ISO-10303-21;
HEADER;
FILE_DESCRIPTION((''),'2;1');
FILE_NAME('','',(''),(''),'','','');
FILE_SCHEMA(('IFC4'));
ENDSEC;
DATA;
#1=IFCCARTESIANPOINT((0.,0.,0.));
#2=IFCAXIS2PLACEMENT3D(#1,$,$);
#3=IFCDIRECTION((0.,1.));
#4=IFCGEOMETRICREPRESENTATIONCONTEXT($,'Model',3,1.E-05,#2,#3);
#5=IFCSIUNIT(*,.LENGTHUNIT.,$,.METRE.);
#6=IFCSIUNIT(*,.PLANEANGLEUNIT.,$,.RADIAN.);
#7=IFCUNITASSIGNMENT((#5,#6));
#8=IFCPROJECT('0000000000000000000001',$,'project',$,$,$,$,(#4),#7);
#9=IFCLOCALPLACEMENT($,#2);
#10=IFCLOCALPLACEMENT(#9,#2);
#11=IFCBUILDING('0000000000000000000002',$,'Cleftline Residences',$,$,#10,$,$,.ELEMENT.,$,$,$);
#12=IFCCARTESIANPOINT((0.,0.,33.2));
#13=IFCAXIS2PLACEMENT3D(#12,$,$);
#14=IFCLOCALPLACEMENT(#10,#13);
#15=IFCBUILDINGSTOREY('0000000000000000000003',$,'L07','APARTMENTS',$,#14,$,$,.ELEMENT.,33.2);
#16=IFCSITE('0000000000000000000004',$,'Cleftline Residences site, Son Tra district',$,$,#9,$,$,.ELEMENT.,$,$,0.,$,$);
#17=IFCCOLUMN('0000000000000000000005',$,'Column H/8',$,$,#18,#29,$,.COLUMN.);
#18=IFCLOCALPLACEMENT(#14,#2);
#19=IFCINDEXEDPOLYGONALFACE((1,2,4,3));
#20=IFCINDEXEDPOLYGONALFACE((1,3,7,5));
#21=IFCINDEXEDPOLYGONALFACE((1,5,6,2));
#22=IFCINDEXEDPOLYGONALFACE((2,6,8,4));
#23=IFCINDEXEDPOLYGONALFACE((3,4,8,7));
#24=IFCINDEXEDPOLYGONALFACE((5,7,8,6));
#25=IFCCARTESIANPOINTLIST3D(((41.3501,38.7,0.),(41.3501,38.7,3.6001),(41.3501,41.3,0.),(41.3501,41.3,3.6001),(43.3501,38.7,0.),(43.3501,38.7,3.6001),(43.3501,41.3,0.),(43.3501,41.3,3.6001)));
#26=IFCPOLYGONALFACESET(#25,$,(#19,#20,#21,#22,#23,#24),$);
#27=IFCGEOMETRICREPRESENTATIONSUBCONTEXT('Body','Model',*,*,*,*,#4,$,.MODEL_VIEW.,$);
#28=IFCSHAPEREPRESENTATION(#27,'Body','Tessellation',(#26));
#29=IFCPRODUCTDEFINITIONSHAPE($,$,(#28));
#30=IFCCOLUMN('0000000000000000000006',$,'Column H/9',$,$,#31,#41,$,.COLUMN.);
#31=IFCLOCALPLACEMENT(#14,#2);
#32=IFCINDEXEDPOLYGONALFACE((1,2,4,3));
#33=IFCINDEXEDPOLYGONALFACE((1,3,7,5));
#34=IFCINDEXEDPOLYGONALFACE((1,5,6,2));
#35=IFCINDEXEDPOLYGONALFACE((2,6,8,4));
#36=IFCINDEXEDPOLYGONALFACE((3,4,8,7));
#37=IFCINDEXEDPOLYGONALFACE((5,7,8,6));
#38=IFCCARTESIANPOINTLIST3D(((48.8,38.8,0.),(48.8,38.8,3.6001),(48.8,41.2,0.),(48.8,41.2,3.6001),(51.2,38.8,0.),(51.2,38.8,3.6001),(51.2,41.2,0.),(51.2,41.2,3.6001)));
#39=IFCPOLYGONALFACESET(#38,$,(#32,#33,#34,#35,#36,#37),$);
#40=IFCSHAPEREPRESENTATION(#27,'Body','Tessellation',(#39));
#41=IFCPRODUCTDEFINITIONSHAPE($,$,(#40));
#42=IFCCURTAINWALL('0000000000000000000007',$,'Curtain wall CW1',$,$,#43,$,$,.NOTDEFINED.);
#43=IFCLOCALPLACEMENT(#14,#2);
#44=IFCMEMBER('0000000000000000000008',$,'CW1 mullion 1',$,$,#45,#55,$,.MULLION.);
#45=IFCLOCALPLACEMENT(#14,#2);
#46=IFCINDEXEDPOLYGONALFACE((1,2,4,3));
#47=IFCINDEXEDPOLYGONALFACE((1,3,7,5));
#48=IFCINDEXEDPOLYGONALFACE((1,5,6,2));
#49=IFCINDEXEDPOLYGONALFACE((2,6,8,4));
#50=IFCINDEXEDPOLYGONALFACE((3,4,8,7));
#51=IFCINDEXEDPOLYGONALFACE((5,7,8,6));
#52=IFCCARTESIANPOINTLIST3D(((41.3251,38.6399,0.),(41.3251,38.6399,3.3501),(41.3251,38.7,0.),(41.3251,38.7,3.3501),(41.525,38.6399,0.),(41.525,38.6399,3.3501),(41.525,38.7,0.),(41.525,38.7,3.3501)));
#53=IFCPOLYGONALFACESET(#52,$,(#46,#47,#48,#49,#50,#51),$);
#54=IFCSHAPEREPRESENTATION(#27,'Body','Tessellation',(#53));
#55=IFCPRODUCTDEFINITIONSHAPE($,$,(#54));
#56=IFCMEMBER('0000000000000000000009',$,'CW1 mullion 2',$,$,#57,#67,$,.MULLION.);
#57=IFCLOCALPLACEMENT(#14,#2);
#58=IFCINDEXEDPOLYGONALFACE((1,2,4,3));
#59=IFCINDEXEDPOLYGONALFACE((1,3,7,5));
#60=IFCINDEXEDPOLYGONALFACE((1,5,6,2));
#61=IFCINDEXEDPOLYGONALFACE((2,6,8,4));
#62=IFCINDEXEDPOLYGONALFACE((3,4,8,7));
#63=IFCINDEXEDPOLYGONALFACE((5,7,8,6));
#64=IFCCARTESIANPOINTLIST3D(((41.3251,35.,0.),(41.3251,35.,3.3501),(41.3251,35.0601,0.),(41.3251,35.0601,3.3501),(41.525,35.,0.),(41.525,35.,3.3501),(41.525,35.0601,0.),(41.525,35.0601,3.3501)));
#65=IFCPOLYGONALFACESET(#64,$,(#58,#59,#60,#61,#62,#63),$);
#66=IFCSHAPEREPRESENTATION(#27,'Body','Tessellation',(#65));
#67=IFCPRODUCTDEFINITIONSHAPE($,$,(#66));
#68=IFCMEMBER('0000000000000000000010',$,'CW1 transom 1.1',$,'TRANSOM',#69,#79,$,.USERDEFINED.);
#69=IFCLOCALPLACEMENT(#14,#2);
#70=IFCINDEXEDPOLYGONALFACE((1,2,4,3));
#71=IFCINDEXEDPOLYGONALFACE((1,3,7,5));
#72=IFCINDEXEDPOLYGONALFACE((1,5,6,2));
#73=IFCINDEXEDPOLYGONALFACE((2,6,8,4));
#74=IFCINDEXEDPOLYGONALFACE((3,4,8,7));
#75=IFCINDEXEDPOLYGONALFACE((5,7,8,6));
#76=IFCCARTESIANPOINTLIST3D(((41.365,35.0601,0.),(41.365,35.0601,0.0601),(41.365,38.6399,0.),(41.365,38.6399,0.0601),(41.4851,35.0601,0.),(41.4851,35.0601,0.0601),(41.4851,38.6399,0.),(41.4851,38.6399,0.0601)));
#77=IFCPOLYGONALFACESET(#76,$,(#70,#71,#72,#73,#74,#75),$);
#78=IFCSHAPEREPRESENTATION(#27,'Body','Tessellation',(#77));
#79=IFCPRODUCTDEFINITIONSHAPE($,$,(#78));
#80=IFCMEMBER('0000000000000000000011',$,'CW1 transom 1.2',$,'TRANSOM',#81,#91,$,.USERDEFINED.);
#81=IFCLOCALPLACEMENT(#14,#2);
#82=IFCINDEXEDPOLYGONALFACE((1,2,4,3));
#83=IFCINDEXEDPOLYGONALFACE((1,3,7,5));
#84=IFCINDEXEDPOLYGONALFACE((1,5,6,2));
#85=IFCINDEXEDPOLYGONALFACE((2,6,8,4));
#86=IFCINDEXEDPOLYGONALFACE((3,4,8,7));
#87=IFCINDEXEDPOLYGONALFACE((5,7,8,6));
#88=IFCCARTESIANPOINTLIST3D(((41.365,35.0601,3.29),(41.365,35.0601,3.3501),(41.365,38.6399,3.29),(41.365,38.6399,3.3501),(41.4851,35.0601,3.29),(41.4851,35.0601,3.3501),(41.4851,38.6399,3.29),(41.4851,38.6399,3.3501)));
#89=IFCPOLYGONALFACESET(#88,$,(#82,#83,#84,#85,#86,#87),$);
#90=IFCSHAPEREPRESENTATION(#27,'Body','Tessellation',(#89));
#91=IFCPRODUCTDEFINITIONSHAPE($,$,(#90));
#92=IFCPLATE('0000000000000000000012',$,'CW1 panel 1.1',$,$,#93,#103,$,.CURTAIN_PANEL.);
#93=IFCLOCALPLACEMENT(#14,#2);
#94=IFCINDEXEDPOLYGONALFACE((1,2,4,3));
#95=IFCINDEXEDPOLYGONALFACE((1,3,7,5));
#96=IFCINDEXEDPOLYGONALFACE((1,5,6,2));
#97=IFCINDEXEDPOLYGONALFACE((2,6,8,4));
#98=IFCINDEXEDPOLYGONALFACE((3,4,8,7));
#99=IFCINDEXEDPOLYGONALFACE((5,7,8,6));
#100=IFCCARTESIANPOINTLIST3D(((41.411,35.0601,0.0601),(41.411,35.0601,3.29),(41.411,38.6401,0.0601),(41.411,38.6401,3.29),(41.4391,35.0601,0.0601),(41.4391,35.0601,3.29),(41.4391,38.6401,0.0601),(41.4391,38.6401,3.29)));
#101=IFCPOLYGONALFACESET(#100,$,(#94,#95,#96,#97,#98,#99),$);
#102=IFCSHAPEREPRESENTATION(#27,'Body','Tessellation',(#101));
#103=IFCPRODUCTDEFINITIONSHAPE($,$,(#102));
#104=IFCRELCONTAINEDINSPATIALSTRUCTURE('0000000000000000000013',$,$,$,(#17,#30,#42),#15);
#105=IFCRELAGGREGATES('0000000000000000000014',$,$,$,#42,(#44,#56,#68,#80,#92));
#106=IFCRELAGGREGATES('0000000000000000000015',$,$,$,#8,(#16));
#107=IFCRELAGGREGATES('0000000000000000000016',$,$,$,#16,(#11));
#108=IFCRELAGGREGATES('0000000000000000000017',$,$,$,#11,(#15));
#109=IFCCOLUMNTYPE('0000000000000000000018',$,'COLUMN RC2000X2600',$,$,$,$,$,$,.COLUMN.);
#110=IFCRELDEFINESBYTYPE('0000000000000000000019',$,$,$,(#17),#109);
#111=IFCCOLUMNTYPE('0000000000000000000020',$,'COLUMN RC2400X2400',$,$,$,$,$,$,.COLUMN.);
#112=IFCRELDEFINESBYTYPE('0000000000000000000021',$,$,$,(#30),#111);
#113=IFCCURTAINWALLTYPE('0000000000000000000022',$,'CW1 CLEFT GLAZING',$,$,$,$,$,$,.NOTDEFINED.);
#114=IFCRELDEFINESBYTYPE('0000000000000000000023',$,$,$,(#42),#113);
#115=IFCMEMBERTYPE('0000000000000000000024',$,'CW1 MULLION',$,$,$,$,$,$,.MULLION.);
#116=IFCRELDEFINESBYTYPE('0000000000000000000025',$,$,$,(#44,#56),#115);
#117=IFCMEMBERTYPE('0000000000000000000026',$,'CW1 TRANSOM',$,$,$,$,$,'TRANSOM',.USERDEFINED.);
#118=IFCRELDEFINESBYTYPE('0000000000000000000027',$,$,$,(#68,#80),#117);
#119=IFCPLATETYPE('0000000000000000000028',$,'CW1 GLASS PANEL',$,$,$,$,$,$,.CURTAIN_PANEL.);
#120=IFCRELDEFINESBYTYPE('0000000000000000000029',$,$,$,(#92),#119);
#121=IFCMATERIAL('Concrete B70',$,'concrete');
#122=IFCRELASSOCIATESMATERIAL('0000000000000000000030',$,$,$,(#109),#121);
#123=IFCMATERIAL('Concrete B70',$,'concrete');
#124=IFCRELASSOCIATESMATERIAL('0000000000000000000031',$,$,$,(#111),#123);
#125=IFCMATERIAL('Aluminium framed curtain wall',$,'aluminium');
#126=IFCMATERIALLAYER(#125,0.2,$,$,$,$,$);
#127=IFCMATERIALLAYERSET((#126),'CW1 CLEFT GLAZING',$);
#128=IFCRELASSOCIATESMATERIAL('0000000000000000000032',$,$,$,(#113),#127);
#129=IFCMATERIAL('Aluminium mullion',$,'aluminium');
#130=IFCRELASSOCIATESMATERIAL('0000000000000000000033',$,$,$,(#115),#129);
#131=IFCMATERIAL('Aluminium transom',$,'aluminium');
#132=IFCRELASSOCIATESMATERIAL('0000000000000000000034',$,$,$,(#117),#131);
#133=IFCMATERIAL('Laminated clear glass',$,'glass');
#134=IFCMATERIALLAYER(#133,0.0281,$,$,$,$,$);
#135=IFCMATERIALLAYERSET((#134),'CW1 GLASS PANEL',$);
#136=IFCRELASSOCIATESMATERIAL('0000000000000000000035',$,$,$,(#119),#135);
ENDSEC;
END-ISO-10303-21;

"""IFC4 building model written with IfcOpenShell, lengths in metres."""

from ifc_helpers import new_model, si_unit, direction, frame, origin, origin_2d, place, context, subcontext, project, spatial, rectangle, extrude, material, layer, layer_set, material_profile, profile_set, type_object, element, aggregate, save


model = new_model("IFC4")

# Units and contexts
model_context = context("Model", 3, precision=1e-05, world=origin(), true_north=direction((0.0, 1.0)))
body_context = subcontext(model_context, "Body", "Model", "MODEL_VIEW")
ifc_project = project(units=[si_unit("LENGTHUNIT", "METRE"), si_unit("PLANEANGLEUNIT", "RADIAN")], contexts=[model_context])

# Site, building, storey
site_placement = place(None, origin())
site = spatial("IfcSite", under=ifc_project, at=site_placement, Name="Cleftline Residences site, Son Tra district", CompositionType="ELEMENT", RefElevation=0.0)
building_placement = place(site_placement, origin())
building = spatial("IfcBuilding", under=site, at=building_placement, Name="Cleftline Residences", CompositionType="ELEMENT")
storey_placement = place(building_placement, frame((0.0, 0.0, 33.2)))
storey = spatial("IfcBuildingStorey", under=building, at=storey_placement, Name="L07", Description="APARTMENTS", CompositionType="ELEMENT", Elevation=33.2)

# Columns
ifc_material_1 = material(Name="Concrete B70", Category="concrete")
ifc_material_profile_1 = material_profile(ifc_material_1, rectangle(XDim=2.0, YDim=2.6001, at=origin_2d()))
ifc_profile_set_1 = profile_set([ifc_material_profile_1], Name="Concrete B70")
column_type_1 = type_object("IfcColumnType", Name="COLUMN RC2000X2600", PredefinedType="COLUMN", material=ifc_profile_set_1)
column_1_placement = place(storey_placement, frame((42.3501, 40.0, 0.0), z_axis=(0.0, 0.0, 1.0), x_axis=(1.0, 0.0, 0.0)))
element("IfcColumn", 1, at=column_1_placement, inside=storey, type_object=column_type_1, Name="Column H/8", PredefinedType="COLUMN", context=body_context, shape_type="SweptSolid", body=[
    extrude(rectangle(XDim=2.0, YDim=2.6001, at=origin_2d()), origin(), (0.0, 0.0, 1.0), 3.6001),
])
ifc_material_2 = material(Name="Concrete B70", Category="concrete")
ifc_material_profile_2 = material_profile(ifc_material_2, rectangle(XDim=2.3999, YDim=2.3999, at=origin_2d()))
ifc_profile_set_2 = profile_set([ifc_material_profile_2], Name="Concrete B70")
column_type_2 = type_object("IfcColumnType", Name="COLUMN RC2400X2400", PredefinedType="COLUMN", material=ifc_profile_set_2)
column_2_placement = place(storey_placement, frame((50.0, 40.0, 0.0), z_axis=(0.0, 0.0, 1.0), x_axis=(1.0, 0.0, 0.0)))
element("IfcColumn", 2, at=column_2_placement, inside=storey, type_object=column_type_2, Name="Column H/9", PredefinedType="COLUMN", context=body_context, shape_type="SweptSolid", body=[
    extrude(rectangle(XDim=2.3999, YDim=2.3999, at=origin_2d()), origin(), (0.0, 0.0, 1.0), 3.6001),
])

# Curtain wall, members, plate
ifc_material_3 = material(Name="Aluminium framed curtain wall", Category="aluminium")
ifc_layer_1 = layer(ifc_material_3, 0.2)
ifc_layer_set_1 = layer_set([ifc_layer_1], Name="CW1 CLEFT GLAZING")
curtain_wall_type = type_object("IfcCurtainWallType", Name="CW1 CLEFT GLAZING", PredefinedType="NOTDEFINED", material=ifc_layer_set_1)
curtain_wall_placement = place(storey_placement, origin())
curtain_wall = element("IfcCurtainWall", 3, at=curtain_wall_placement, inside=storey, type_object=curtain_wall_type, Name="Curtain wall CW1", PredefinedType="NOTDEFINED")
ifc_material_4 = material(Name="Aluminium mullion", Category="aluminium")
ifc_material_profile_3 = material_profile(ifc_material_4, rectangle(XDim=0.2, YDim=0.0601, at=origin_2d()))
ifc_profile_set_3 = profile_set([ifc_material_profile_3], Name="Aluminium mullion")
member_type_1 = type_object("IfcMemberType", Name="CW1 MULLION", PredefinedType="MULLION", material=ifc_profile_set_3)
member_1_placement = place(storey_placement, frame((41.425, 38.6699, 0.0), z_axis=(0.0, 0.0, 1.0), x_axis=(1.0, 0.0, 0.0)))
member_1 = element("IfcMember", 4, at=member_1_placement, type_object=member_type_1, Name="CW1 mullion 1", PredefinedType="MULLION", context=body_context, shape_type="SweptSolid", body=[
    extrude(rectangle(XDim=0.2, YDim=0.0601, at=origin_2d()), origin(), (0.0, 0.0, 1.0), 3.3501),
])
member_2_placement = place(storey_placement, frame((41.425, 35.03, 0.0), z_axis=(0.0, 0.0, 1.0), x_axis=(1.0, 0.0, 0.0)))
member_2 = element("IfcMember", 5, at=member_2_placement, type_object=member_type_1, Name="CW1 mullion 2", PredefinedType="MULLION", context=body_context, shape_type="SweptSolid", body=[
    extrude(rectangle(XDim=0.2, YDim=0.0601, at=origin_2d()), origin(), (0.0, 0.0, 1.0), 3.3501),
])
ifc_material_5 = material(Name="Aluminium transom", Category="aluminium")
ifc_material_profile_4 = material_profile(ifc_material_5, rectangle(XDim=0.1201, YDim=0.0601, at=origin_2d()))
ifc_profile_set_4 = profile_set([ifc_material_profile_4], Name="Aluminium transom")
member_type_2 = type_object("IfcMemberType", Name="CW1 TRANSOM", ElementType="TRANSOM", PredefinedType="USERDEFINED", material=ifc_profile_set_4)
member_3_placement = place(storey_placement, frame((41.425, 38.6399, 0.03), z_axis=(0.0, -1.0, 0.0), x_axis=(1.0, 0.0, 0.0)))
member_3 = element("IfcMember", 6, at=member_3_placement, type_object=member_type_2, Name="CW1 transom 1.1", ObjectType="TRANSOM", PredefinedType="USERDEFINED", context=body_context, shape_type="SweptSolid", body=[
    extrude(rectangle(XDim=0.1201, YDim=0.0601, at=origin_2d()), origin(), (0.0, 0.0, 1.0), 3.5798),
])
member_4_placement = place(storey_placement, frame((41.425, 38.6399, 3.3201), z_axis=(0.0, -1.0, 0.0), x_axis=(1.0, 0.0, 0.0)))
member_4 = element("IfcMember", 7, at=member_4_placement, type_object=member_type_2, Name="CW1 transom 1.2", ObjectType="TRANSOM", PredefinedType="USERDEFINED", context=body_context, shape_type="SweptSolid", body=[
    extrude(rectangle(XDim=0.1201, YDim=0.0601, at=origin_2d()), origin(), (0.0, 0.0, 1.0), 3.5798),
])
ifc_material_6 = material(Name="Laminated clear glass", Category="glass")
ifc_layer_2 = layer(ifc_material_6, 0.0281)
ifc_layer_set_2 = layer_set([ifc_layer_2], Name="CW1 GLASS PANEL")
plate_type = type_object("IfcPlateType", Name="CW1 GLASS PANEL", PredefinedType="CURTAIN_PANEL", material=ifc_layer_set_2)
plate_placement = place(storey_placement, frame((41.425, 36.8501, 0.0601), z_axis=(0.0, 0.0, 1.0), x_axis=(0.0, -1.0, 0.0)))
plate = element("IfcPlate", 8, at=plate_placement, type_object=plate_type, Name="CW1 panel 1.1", PredefinedType="CURTAIN_PANEL", context=body_context, shape_type="SweptSolid", body=[
    extrude(rectangle(XDim=3.5801, YDim=0.0281, at=origin_2d()), origin(), (0.0, 0.0, 1.0), 3.23),
])
aggregate(curtain_wall, [member_1, member_2, member_3, member_4, plate])

save(model, "model.ifc")
